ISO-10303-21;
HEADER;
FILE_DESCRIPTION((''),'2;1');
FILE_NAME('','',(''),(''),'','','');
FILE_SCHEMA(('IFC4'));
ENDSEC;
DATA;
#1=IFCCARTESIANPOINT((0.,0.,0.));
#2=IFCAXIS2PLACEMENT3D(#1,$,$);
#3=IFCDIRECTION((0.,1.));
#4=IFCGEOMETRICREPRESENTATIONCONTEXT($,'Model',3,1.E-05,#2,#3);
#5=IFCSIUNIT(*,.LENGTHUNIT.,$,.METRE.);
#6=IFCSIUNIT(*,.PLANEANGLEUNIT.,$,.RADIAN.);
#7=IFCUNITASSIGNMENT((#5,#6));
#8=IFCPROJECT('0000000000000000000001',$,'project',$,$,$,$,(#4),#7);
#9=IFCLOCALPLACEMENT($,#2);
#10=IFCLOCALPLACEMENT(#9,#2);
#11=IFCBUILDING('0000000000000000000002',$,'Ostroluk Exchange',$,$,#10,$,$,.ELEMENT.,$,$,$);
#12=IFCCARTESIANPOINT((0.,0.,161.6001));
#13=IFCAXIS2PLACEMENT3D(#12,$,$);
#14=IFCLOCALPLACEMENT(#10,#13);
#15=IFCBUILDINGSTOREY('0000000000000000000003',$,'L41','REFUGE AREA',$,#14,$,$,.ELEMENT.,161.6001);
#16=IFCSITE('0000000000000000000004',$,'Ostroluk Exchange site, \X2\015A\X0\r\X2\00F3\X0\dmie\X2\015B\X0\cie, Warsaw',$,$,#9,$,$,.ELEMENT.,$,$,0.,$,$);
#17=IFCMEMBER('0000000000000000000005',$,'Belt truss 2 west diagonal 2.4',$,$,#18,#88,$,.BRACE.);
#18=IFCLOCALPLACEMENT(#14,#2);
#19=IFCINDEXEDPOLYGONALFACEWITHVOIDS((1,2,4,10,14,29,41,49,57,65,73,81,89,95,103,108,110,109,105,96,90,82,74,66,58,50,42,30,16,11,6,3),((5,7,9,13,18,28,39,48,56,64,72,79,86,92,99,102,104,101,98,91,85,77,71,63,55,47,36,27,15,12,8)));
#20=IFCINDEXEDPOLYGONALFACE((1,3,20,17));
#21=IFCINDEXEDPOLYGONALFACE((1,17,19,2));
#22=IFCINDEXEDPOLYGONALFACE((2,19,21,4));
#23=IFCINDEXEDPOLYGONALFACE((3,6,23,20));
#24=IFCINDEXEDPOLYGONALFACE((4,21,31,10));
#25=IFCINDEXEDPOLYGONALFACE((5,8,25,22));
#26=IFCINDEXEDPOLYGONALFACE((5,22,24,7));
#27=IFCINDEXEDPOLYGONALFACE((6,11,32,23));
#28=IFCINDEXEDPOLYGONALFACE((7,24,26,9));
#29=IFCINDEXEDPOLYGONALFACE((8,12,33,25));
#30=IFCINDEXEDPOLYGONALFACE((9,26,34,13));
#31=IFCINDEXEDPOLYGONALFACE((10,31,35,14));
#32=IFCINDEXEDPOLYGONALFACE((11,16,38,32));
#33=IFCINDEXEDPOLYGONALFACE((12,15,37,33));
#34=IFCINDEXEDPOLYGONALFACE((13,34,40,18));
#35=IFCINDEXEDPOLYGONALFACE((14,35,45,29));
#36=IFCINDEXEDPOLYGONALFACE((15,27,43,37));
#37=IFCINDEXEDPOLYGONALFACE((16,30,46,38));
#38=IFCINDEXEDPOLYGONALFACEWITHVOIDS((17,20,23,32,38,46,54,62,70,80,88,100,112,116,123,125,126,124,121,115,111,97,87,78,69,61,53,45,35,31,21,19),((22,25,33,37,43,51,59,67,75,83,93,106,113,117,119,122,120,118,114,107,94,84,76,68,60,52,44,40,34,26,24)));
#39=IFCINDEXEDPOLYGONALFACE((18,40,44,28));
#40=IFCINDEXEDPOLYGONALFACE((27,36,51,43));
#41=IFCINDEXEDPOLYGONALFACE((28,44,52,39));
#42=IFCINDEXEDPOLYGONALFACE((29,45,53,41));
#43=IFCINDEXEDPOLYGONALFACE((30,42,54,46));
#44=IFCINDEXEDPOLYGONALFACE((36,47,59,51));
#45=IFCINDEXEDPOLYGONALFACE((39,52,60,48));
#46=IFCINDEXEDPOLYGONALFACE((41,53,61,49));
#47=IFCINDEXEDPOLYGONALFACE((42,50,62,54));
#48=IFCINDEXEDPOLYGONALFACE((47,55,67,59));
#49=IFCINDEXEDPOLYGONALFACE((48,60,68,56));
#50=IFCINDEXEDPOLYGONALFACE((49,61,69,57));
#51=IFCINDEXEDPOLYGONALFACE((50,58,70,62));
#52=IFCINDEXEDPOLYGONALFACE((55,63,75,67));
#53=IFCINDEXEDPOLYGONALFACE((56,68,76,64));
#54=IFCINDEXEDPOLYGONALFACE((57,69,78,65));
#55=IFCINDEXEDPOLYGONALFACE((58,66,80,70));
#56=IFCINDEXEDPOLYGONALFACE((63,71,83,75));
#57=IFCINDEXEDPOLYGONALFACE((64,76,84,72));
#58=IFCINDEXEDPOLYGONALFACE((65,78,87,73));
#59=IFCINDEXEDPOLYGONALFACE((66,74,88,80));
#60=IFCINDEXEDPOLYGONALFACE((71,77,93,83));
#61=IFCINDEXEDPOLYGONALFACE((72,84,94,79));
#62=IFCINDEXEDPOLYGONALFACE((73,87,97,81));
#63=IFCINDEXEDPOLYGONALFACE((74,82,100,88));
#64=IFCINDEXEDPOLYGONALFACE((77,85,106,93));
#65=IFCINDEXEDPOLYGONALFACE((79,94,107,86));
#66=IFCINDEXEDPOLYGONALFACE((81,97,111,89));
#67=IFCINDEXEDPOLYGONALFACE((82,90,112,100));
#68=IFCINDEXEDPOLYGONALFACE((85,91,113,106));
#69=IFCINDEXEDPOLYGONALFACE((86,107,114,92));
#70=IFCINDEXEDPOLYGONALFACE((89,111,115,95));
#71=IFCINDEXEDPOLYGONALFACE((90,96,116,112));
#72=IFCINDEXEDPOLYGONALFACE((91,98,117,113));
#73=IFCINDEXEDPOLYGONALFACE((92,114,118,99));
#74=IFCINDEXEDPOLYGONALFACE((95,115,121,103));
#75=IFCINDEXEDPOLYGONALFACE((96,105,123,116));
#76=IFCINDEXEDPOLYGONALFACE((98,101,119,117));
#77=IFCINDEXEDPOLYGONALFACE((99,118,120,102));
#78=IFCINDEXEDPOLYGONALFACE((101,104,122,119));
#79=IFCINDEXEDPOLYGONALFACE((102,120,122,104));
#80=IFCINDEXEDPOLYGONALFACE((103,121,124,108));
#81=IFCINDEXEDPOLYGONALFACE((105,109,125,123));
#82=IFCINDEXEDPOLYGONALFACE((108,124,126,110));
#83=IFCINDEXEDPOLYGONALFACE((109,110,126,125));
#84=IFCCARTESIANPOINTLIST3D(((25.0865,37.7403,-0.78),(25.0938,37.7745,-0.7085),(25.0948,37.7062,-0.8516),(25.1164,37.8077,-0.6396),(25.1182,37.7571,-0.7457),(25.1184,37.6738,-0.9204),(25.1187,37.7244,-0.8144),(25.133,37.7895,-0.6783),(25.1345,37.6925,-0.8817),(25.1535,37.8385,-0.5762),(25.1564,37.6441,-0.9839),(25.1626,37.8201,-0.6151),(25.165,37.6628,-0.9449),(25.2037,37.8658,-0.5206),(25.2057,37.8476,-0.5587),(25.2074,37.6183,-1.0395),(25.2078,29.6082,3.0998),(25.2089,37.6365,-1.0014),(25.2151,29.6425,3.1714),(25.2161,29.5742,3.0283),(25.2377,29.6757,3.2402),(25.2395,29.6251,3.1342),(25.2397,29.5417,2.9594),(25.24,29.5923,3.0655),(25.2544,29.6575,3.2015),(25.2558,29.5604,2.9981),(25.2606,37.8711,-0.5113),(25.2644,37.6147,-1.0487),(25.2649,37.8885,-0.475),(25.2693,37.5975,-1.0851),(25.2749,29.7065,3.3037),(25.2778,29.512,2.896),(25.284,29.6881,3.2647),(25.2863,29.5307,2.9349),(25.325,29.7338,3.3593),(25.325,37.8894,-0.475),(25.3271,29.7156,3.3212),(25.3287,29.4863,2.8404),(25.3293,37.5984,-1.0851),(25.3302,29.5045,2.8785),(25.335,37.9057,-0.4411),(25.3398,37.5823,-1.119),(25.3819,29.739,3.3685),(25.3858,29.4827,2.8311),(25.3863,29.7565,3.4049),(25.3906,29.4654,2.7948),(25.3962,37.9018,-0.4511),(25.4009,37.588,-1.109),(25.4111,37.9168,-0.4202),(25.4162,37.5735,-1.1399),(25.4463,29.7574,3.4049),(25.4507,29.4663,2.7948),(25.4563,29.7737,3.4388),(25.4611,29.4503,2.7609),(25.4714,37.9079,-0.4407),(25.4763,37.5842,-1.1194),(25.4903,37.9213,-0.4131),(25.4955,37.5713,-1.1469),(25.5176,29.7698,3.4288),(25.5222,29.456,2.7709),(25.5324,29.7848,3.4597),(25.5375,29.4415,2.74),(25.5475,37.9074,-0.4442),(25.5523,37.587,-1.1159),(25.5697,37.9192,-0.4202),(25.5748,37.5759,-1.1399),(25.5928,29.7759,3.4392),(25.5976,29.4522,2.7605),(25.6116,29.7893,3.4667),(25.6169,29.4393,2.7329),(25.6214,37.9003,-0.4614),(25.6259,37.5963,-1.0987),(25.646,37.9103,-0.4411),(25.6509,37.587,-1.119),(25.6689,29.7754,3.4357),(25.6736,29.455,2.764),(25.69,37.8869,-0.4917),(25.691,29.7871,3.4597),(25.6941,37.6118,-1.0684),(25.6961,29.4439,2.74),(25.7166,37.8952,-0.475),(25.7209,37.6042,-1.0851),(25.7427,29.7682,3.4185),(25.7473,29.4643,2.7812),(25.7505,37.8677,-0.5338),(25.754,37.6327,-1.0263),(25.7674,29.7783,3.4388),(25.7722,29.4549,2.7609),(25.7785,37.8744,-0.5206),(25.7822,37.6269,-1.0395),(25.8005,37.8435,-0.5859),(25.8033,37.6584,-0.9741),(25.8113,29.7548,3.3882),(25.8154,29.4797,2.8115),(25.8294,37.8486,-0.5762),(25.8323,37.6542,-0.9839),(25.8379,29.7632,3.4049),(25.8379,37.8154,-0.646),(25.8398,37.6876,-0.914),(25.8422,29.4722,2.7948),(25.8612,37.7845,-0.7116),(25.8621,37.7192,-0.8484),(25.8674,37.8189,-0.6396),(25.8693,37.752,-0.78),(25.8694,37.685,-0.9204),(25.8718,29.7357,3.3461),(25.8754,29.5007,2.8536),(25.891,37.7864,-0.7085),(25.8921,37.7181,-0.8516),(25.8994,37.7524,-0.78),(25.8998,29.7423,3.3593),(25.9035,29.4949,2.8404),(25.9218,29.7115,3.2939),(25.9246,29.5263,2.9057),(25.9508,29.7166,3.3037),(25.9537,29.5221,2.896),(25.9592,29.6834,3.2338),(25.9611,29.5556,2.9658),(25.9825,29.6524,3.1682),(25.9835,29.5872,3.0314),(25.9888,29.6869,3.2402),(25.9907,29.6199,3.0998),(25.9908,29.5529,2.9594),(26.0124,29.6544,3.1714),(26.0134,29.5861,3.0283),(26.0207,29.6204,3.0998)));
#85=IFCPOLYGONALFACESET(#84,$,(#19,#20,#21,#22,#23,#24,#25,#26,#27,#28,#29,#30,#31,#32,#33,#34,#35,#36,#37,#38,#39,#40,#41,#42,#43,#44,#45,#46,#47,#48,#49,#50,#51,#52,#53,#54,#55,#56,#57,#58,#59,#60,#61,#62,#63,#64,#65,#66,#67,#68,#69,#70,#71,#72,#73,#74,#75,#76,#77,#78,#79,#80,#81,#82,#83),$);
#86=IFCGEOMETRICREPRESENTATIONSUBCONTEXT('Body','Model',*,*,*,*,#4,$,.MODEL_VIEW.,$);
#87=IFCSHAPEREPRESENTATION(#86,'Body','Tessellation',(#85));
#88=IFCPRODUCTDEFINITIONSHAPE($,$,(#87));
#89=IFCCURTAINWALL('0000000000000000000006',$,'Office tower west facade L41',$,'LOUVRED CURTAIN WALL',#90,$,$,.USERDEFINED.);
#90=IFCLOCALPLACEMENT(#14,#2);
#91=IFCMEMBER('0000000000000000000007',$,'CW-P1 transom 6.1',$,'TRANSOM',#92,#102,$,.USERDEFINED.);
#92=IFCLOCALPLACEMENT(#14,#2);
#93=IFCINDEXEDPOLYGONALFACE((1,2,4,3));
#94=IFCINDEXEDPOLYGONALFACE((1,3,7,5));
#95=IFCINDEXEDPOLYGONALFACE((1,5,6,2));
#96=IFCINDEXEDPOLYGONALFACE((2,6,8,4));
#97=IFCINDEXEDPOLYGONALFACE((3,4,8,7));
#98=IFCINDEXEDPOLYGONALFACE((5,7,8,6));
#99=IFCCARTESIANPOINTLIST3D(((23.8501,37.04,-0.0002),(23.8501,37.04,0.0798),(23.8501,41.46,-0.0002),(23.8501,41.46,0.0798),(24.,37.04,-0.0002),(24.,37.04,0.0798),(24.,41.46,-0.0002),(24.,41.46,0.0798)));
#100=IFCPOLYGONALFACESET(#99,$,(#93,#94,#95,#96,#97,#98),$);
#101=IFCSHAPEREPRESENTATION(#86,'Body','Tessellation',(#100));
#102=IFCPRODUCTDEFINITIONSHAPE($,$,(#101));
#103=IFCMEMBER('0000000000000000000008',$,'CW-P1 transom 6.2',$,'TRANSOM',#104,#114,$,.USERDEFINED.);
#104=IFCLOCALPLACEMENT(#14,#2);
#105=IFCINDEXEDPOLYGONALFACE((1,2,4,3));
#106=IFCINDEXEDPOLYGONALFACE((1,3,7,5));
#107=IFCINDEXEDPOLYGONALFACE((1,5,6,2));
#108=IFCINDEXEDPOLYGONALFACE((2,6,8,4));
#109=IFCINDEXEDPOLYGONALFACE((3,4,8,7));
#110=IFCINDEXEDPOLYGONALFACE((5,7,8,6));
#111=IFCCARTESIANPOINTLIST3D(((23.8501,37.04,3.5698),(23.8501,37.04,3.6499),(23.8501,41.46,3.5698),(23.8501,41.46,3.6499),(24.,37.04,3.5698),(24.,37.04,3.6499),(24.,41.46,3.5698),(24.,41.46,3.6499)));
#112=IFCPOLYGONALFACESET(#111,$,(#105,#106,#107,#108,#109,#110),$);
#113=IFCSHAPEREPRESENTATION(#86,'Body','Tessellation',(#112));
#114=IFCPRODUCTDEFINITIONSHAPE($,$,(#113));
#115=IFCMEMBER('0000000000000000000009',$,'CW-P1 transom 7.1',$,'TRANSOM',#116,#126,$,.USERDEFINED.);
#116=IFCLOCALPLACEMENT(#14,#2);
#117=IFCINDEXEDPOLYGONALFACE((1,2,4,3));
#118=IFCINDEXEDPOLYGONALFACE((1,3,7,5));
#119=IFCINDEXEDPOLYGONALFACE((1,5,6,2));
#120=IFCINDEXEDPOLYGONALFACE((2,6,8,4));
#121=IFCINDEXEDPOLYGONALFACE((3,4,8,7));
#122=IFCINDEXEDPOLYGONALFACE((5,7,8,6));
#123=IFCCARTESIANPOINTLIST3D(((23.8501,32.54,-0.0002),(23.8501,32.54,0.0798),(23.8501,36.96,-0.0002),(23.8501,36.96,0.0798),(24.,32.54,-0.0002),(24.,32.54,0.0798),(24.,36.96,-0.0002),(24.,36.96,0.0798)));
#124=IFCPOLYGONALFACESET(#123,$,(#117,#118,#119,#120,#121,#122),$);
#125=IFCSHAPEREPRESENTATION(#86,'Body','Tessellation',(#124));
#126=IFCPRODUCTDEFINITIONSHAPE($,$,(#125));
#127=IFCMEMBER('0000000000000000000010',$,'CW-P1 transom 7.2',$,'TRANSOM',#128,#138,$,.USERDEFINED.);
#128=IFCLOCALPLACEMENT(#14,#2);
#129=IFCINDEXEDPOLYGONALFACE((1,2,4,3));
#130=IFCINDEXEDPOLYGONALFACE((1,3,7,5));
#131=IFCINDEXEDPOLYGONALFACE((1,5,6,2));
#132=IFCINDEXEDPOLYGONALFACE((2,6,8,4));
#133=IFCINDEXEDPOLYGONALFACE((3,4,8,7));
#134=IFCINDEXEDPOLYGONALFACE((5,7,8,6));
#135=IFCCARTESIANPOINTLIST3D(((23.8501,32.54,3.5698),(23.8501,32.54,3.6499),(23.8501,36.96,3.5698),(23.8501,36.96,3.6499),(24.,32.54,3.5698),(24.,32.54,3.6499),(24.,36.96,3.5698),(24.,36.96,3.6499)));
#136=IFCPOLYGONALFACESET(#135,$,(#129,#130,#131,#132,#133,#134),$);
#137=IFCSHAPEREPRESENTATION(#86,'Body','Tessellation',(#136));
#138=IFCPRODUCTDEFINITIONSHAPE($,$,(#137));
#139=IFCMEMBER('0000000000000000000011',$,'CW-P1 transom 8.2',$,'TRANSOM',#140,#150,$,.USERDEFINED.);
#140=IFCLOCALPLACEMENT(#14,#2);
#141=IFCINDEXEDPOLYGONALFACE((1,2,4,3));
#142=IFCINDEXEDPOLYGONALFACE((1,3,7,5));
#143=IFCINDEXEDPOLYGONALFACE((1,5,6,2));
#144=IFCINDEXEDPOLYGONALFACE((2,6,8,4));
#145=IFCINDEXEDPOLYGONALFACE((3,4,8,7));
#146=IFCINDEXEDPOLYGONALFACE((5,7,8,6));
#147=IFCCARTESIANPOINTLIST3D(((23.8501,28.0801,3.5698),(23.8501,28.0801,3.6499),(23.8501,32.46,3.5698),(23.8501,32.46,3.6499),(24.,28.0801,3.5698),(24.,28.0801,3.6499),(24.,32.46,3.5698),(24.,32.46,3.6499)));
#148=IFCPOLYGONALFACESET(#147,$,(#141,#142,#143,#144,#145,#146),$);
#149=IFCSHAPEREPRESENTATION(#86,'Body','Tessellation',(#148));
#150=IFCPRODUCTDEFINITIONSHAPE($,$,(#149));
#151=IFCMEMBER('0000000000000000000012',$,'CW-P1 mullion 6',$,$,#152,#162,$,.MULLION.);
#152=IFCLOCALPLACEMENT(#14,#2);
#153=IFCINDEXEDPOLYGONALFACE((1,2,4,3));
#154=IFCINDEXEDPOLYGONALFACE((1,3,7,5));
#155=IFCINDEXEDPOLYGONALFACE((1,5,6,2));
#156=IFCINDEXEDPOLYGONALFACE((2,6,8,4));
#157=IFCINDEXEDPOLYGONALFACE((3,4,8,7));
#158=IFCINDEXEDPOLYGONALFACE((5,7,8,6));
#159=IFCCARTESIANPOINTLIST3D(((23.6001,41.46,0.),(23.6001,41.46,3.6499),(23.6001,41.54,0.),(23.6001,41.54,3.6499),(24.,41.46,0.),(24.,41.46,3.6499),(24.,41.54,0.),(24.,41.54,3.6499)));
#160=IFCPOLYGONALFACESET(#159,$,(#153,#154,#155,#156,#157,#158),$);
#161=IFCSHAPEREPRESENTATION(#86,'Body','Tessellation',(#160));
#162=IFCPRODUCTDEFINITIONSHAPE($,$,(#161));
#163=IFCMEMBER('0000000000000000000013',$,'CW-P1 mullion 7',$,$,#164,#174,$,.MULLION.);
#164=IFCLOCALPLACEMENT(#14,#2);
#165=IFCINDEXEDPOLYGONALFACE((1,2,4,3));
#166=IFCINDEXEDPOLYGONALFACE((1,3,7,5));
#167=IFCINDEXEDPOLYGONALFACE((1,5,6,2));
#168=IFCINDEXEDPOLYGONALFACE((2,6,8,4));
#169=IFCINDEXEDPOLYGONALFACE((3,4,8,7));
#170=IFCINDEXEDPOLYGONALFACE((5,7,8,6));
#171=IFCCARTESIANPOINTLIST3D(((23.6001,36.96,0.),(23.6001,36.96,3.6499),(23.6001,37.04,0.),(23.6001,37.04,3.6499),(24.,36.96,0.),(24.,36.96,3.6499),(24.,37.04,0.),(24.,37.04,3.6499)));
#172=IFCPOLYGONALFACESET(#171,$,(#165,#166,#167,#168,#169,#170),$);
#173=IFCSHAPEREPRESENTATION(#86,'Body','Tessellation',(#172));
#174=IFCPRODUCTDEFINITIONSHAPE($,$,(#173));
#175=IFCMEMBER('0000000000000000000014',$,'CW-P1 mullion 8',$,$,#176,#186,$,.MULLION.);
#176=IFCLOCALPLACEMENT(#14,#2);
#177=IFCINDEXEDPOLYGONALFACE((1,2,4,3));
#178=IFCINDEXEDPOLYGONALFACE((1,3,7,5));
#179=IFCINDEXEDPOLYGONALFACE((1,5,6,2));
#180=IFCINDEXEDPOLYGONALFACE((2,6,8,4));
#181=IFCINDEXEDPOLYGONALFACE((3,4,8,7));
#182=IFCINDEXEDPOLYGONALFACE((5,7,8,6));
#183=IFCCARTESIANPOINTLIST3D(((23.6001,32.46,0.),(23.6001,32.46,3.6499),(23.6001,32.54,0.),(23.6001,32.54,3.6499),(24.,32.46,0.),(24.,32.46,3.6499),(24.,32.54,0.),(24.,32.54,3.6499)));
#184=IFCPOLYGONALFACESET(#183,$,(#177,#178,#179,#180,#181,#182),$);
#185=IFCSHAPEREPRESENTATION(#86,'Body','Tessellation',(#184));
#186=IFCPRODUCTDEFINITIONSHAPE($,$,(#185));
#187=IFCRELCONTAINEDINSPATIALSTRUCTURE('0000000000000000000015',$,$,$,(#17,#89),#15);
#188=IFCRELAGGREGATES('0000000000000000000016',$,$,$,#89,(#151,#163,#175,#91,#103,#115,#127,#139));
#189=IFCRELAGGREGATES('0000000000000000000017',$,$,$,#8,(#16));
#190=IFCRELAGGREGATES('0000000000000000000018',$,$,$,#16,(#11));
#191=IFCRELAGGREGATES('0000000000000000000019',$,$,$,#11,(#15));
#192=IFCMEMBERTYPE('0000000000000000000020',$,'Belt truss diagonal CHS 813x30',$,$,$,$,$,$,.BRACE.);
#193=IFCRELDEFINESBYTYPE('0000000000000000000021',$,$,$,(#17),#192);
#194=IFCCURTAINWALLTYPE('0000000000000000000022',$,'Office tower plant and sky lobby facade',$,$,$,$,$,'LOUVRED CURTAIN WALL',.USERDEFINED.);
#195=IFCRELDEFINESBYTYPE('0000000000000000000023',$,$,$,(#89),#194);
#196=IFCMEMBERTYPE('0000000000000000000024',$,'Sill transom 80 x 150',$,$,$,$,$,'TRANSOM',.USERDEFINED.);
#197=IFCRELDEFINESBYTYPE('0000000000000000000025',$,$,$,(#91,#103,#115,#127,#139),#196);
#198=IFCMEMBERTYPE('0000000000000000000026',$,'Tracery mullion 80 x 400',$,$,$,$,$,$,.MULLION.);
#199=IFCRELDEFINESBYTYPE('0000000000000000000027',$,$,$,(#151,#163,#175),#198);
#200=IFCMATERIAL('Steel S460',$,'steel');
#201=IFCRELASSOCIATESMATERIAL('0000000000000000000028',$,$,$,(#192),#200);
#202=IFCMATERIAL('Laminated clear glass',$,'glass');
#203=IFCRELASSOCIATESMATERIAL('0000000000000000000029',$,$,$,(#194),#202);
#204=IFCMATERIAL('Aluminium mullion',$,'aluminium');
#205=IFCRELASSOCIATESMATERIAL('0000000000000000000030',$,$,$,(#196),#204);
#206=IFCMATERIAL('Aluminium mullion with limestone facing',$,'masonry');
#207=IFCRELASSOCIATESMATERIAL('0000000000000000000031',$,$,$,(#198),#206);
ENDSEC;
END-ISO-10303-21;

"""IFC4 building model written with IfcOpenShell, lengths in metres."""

from ifc_helpers import new_model, si_unit, direction, frame, origin, origin_2d, place, context, subcontext, project, spatial, rectangle, hollow_circle, extrude, material, material_profile, profile_set, type_object, element, aggregate, save


model = new_model("IFC4")

# Units and contexts
model_context = context("Model", 3, precision=1e-05, world=origin(), true_north=direction((0.0, 1.0)))
body_context = subcontext(model_context, "Body", "Model", "MODEL_VIEW")
ifc_project = project(units=[si_unit("LENGTHUNIT", "METRE"), si_unit("PLANEANGLEUNIT", "RADIAN")], contexts=[model_context])

# Site, building, storey
site_placement = place(None, origin())
site = spatial("IfcSite", under=ifc_project, at=site_placement, Name="Ostroluk Exchange site, Śródmieście, Warsaw", CompositionType="ELEMENT", RefElevation=0.0)
building_placement = place(site_placement, origin())
building = spatial("IfcBuilding", under=site, at=building_placement, Name="Ostroluk Exchange", CompositionType="ELEMENT")
storey_placement = place(building_placement, frame((0.0, 0.0, 161.6001)))
storey = spatial("IfcBuildingStorey", under=building, at=storey_placement, Name="L41", Description="REFUGE AREA", CompositionType="ELEMENT", Elevation=161.6001)

# Member
ifc_material_1 = material(Name="Steel S460", Category="steel")
ifc_material_profile_1 = material_profile(ifc_material_1, hollow_circle(Radius=0.4065, WallThickness=0.03, at=origin_2d()), Name="CHS 813x30")
ifc_profile_set_1 = profile_set([ifc_material_profile_1], Name="Steel S460")
member_type_1 = type_object("IfcMemberType", Name="Belt truss diagonal CHS 813x30", PredefinedType="BRACE", material=ifc_profile_set_1)
member_1_placement = place(storey_placement, frame((25.4929, 37.7463, -0.78), z_axis=(0.013465, -0.902457, 0.43057), x_axis=(0.999889, 0.014919, 0.0)))
element("IfcMember", 1, at=member_1_placement, inside=storey, type_object=member_type_1, Name="Belt truss 2 west diagonal 2.4", PredefinedType="BRACE", context=body_context, shape_type="SweptSolid", body=[
    extrude(hollow_circle(Radius=0.4065, WallThickness=0.03, at=origin_2d()), origin(), (0.0, 0.0, 1.0), 9.011),
])

# Curtain wall, members
ifc_material_2 = material(Name="Laminated clear glass", Category="glass")
curtain_wall_type = type_object("IfcCurtainWallType", Name="Office tower plant and sky lobby facade", ElementType="LOUVRED CURTAIN WALL", PredefinedType="USERDEFINED", material=ifc_material_2)
curtain_wall_placement = place(storey_placement, origin())
curtain_wall = element("IfcCurtainWall", 2, at=curtain_wall_placement, inside=storey, type_object=curtain_wall_type, Name="Office tower west facade L41", ObjectType="LOUVRED CURTAIN WALL", PredefinedType="USERDEFINED")
ifc_material_3 = material(Name="Aluminium mullion", Category="aluminium")
ifc_material_profile_2 = material_profile(ifc_material_3, rectangle(XDim=0.1499, YDim=0.0801, at=origin_2d()), Name="Sill transom 80 x 150")
ifc_profile_set_2 = profile_set([ifc_material_profile_2], Name="Aluminium mullion")
member_type_2 = type_object("IfcMemberType", Name="Sill transom 80 x 150", ElementType="TRANSOM", PredefinedType="USERDEFINED", material=ifc_profile_set_2)
member_2_placement = place(storey_placement, frame((23.925, 41.46, 0.0398), z_axis=(0.0, -1.0, 0.0), x_axis=(1.0, 0.0, 0.0)))
member_2 = element("IfcMember", 3, at=member_2_placement, type_object=member_type_2, Name="CW-P1 transom 6.1", ObjectType="TRANSOM", PredefinedType="USERDEFINED", context=body_context, shape_type="SweptSolid", body=[
    extrude(rectangle(XDim=0.1499, YDim=0.0801, at=origin_2d()), origin(), (0.0, 0.0, 1.0), 4.4199),
])
member_3_placement = place(storey_placement, frame((23.925, 41.46, 3.6099), z_axis=(0.0, -1.0, 0.0), x_axis=(1.0, 0.0, 0.0)))
member_3 = element("IfcMember", 4, at=member_3_placement, type_object=member_type_2, Name="CW-P1 transom 6.2", ObjectType="TRANSOM", PredefinedType="USERDEFINED", context=body_context, shape_type="SweptSolid", body=[
    extrude(rectangle(XDim=0.1499, YDim=0.0801, at=origin_2d()), origin(), (0.0, 0.0, 1.0), 4.4199),
])
member_4_placement = place(storey_placement, frame((23.925, 36.96, 0.0398), z_axis=(0.0, -1.0, 0.0), x_axis=(1.0, 0.0, 0.0)))
member_4 = element("IfcMember", 5, at=member_4_placement, type_object=member_type_2, Name="CW-P1 transom 7.1", ObjectType="TRANSOM", PredefinedType="USERDEFINED", context=body_context, shape_type="SweptSolid", body=[
    extrude(rectangle(XDim=0.1499, YDim=0.0801, at=origin_2d()), origin(), (0.0, 0.0, 1.0), 4.4199),
])
member_5_placement = place(storey_placement, frame((23.925, 36.96, 3.6099), z_axis=(0.0, -1.0, 0.0), x_axis=(1.0, 0.0, 0.0)))
member_5 = element("IfcMember", 6, at=member_5_placement, type_object=member_type_2, Name="CW-P1 transom 7.2", ObjectType="TRANSOM", PredefinedType="USERDEFINED", context=body_context, shape_type="SweptSolid", body=[
    extrude(rectangle(XDim=0.1499, YDim=0.0801, at=origin_2d()), origin(), (0.0, 0.0, 1.0), 4.4199),
])
member_6_placement = place(storey_placement, frame((23.925, 32.46, 3.6099), z_axis=(0.0, -1.0, 0.0), x_axis=(1.0, 0.0, 0.0)))
member_6 = element("IfcMember", 7, at=member_6_placement, type_object=member_type_2, Name="CW-P1 transom 8.2", ObjectType="TRANSOM", PredefinedType="USERDEFINED", context=body_context, shape_type="SweptSolid", body=[
    extrude(rectangle(XDim=0.1499, YDim=0.0801, at=origin_2d()), origin(), (0.0, 0.0, 1.0), 4.3799),
])
ifc_material_4 = material(Name="Aluminium mullion with limestone facing", Category="masonry")
ifc_material_profile_3 = material_profile(ifc_material_4, rectangle(XDim=0.3999, YDim=0.0801, at=origin_2d()), Name="Tracery mullion 80 x 400")
ifc_profile_set_3 = profile_set([ifc_material_profile_3], Name="Aluminium mullion with limestone facing")
member_type_3 = type_object("IfcMemberType", Name="Tracery mullion 80 x 400", PredefinedType="MULLION", material=ifc_profile_set_3)
member_7_placement = place(storey_placement, frame((23.8, 41.5, 0.0), z_axis=(0.0, 0.0, 1.0), x_axis=(1.0, 0.0, 0.0)))
member_7 = element("IfcMember", 8, at=member_7_placement, type_object=member_type_3, Name="CW-P1 mullion 6", PredefinedType="MULLION", context=body_context, shape_type="SweptSolid", body=[
    extrude(rectangle(XDim=0.3999, YDim=0.0801, at=origin_2d()), origin(), (0.0, 0.0, 1.0), 3.6499),
])
member_8_placement = place(storey_placement, frame((23.8, 37.0, 0.0), z_axis=(0.0, 0.0, 1.0), x_axis=(1.0, 0.0, 0.0)))
member_8 = element("IfcMember", 9, at=member_8_placement, type_object=member_type_3, Name="CW-P1 mullion 7", PredefinedType="MULLION", context=body_context, shape_type="SweptSolid", body=[
    extrude(rectangle(XDim=0.3999, YDim=0.0801, at=origin_2d()), origin(), (0.0, 0.0, 1.0), 3.6499),
])
member_9_placement = place(storey_placement, frame((23.8, 32.5, 0.0), z_axis=(0.0, 0.0, 1.0), x_axis=(1.0, 0.0, 0.0)))
member_9 = element("IfcMember", 10, at=member_9_placement, type_object=member_type_3, Name="CW-P1 mullion 8", PredefinedType="MULLION", context=body_context, shape_type="SweptSolid", body=[
    extrude(rectangle(XDim=0.3999, YDim=0.0801, at=origin_2d()), origin(), (0.0, 0.0, 1.0), 3.6499),
])
aggregate(curtain_wall, [member_7, member_8, member_9, member_2, member_3, member_4, member_5, member_6])

save(model, "model.ifc")
